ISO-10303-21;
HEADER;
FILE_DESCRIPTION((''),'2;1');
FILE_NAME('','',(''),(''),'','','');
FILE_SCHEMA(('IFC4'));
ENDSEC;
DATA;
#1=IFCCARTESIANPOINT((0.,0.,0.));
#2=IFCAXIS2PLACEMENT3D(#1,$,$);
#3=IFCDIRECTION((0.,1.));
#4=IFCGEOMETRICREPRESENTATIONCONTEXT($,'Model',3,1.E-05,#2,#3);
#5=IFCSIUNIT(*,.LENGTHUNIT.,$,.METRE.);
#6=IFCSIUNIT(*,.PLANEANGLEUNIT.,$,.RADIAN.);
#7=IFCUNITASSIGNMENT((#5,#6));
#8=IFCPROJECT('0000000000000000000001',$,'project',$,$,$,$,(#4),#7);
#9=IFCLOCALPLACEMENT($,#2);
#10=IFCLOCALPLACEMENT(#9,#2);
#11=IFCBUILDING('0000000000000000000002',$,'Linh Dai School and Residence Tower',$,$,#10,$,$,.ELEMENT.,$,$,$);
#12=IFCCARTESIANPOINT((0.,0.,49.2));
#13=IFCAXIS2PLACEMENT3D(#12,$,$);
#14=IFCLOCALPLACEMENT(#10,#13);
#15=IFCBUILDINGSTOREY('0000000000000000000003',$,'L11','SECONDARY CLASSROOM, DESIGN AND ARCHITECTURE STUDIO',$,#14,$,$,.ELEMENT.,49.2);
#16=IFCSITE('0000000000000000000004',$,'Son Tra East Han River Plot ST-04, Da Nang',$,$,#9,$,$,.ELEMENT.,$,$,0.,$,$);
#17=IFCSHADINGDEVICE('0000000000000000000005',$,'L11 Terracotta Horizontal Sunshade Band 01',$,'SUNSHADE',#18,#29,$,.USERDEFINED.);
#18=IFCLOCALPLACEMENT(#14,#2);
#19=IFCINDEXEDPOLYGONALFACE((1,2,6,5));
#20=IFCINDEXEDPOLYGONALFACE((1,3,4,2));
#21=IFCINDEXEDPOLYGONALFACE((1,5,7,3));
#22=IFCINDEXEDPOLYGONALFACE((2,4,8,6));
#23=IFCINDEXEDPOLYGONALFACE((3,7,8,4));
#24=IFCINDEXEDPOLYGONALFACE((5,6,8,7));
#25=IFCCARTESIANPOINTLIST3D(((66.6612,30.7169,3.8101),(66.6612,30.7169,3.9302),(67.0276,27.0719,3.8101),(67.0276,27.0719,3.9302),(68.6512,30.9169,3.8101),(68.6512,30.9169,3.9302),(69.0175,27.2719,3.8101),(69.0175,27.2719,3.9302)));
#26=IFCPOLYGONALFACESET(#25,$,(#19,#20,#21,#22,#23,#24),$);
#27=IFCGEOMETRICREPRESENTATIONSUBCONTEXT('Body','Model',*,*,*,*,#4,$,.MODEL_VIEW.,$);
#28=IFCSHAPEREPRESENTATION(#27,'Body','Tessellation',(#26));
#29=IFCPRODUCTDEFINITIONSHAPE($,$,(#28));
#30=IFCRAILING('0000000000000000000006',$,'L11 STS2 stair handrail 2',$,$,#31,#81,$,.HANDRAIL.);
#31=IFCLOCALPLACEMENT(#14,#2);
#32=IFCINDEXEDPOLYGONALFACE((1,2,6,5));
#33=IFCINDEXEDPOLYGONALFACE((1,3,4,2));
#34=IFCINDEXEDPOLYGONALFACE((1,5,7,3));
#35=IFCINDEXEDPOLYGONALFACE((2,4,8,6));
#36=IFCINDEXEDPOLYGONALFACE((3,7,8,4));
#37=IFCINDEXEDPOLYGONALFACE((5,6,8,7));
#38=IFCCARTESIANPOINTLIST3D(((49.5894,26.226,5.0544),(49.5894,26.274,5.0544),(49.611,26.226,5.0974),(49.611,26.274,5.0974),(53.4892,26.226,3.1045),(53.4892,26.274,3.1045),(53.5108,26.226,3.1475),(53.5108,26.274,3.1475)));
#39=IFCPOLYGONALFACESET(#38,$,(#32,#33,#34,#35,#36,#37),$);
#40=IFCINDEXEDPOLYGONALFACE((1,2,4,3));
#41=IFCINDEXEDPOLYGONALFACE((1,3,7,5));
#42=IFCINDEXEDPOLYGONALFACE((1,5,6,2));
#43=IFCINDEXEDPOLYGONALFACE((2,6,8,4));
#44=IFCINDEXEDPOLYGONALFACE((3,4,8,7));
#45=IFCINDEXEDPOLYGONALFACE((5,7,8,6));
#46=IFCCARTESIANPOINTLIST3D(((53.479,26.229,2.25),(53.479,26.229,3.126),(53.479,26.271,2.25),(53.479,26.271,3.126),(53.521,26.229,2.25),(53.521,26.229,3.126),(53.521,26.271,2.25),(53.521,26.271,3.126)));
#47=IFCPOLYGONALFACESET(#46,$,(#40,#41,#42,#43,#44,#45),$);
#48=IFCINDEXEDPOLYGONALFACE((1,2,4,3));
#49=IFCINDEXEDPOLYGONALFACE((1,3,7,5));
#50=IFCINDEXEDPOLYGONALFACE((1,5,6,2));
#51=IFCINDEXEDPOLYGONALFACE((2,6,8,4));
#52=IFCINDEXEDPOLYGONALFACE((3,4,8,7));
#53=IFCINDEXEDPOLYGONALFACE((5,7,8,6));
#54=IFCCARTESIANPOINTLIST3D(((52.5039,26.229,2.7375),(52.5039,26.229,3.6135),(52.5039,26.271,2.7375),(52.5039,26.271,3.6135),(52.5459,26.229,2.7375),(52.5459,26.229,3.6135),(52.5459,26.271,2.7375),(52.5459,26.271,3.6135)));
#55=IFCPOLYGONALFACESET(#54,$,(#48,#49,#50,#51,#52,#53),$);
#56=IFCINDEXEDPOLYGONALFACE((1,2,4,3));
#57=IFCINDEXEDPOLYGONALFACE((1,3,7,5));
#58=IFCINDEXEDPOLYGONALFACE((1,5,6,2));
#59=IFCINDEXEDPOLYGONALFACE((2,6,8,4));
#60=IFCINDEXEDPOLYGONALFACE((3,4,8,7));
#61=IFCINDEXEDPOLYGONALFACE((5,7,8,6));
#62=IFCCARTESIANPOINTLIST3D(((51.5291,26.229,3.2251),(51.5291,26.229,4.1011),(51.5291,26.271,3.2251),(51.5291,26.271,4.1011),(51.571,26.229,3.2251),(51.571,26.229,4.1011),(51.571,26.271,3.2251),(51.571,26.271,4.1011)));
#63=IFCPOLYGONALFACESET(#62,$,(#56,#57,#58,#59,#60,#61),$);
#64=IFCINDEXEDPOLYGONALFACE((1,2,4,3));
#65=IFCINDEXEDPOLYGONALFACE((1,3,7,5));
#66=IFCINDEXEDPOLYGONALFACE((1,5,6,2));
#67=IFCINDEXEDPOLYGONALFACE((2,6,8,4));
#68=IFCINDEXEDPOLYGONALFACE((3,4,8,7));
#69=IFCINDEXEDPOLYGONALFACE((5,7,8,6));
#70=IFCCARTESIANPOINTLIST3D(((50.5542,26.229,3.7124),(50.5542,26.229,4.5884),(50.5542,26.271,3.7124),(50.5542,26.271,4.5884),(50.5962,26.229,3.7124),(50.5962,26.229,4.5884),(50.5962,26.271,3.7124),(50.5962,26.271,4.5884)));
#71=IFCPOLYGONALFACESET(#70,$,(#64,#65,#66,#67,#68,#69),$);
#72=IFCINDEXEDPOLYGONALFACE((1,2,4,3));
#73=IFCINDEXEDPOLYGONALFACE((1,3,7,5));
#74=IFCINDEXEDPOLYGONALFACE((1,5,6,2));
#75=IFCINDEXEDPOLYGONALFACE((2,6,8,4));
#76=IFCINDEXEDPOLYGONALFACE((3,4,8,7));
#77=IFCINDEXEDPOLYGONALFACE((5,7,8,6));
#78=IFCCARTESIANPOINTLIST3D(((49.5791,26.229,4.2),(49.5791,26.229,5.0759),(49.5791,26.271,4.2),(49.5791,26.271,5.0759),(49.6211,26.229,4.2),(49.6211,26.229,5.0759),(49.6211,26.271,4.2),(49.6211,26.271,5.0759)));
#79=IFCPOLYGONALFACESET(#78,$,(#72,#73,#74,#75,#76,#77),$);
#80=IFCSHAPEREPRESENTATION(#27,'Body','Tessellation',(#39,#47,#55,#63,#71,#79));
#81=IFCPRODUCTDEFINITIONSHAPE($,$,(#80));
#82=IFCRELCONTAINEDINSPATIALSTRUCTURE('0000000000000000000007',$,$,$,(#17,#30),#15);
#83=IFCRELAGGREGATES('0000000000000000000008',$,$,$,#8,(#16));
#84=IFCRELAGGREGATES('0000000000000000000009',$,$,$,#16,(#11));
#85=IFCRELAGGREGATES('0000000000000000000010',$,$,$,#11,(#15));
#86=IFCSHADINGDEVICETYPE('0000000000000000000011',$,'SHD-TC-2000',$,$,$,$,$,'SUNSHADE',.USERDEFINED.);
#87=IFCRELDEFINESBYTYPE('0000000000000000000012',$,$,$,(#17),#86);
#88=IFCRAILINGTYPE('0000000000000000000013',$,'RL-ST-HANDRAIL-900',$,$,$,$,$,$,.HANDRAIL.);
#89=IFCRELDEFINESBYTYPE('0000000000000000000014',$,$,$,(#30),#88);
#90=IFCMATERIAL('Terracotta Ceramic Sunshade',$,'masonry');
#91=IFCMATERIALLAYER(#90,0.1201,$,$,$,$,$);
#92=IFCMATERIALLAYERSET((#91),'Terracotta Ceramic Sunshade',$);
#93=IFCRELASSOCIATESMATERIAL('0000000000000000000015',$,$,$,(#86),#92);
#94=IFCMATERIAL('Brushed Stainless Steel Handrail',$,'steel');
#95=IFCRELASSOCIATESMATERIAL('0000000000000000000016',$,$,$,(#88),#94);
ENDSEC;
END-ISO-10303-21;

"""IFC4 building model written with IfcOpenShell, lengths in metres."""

from ifc_helpers import new_model, si_unit, direction, frame, origin, origin_2d, place, context, subcontext, project, spatial, rectangle, extrude, source, transform, mapped, material, layer, layer_set, type_object, element, save


model = new_model("IFC4")

# Units and contexts
model_context = context("Model", 3, precision=1e-05, world=origin(), true_north=direction((0.0, 1.0)))
body_context = subcontext(model_context, "Body", "Model", "MODEL_VIEW")
ifc_project = project(units=[si_unit("LENGTHUNIT", "METRE"), si_unit("PLANEANGLEUNIT", "RADIAN")], contexts=[model_context])

# Site, building, storey
site_placement = place(None, origin())
site = spatial("IfcSite", under=ifc_project, at=site_placement, Name="Son Tra East Han River Plot ST-04, Da Nang", CompositionType="ELEMENT", RefElevation=0.0)
building_placement = place(site_placement, origin())
building = spatial("IfcBuilding", under=site, at=building_placement, Name="Linh Dai School and Residence Tower", CompositionType="ELEMENT")
storey_placement = place(building_placement, frame((0.0, 0.0, 49.2)))
storey = spatial("IfcBuildingStorey", under=building, at=storey_placement, Name="L11", Description="SECONDARY CLASSROOM, DESIGN AND ARCHITECTURE STUDIO", CompositionType="ELEMENT", Elevation=49.2)

# Shading device
ifc_material_1 = material(Name="Terracotta Ceramic Sunshade", Category="masonry")
ifc_layer_1 = layer(ifc_material_1, 0.1201)
ifc_layer_set_1 = layer_set([ifc_layer_1], Name="Terracotta Ceramic Sunshade")
shading_device_type = type_object("IfcShadingDeviceType", Name="SHD-TC-2000", ElementType="SUNSHADE", PredefinedType="USERDEFINED", material=ifc_layer_set_1)
shared_shape_1 = source(origin(), body_context, "Body", "SweptSolid", [
    extrude(rectangle(XDim=3.6633, YDim=2.0, at=origin_2d()), origin(), (0.0, 0.0, 1.0), 0.1201),
])
shading_device_placement = place(storey_placement, frame((67.8394, 28.9944, 3.8101), z_axis=(0.0, 0.0, 1.0), x_axis=(0.100009, -0.994986, 0.0)))
element("IfcShadingDevice", 1, at=shading_device_placement, inside=storey, type_object=shading_device_type, Name="L11 Terracotta Horizontal Sunshade Band 01", ObjectType="SUNSHADE", PredefinedType="USERDEFINED", context=body_context, shape_type="MappedRepresentation", body=[
    mapped(shared_shape_1, transform((0.0, 0.0, 0.0), x_axis=(1.0, 0.0, 0.0), y_axis=(0.0, 1.0, 0.0), z_axis=(0.0, 0.0, 1.0), scale=1.0)),
])

# Railing
ifc_material_2 = material(Name="Brushed Stainless Steel Handrail", Category="steel")
railing_type_1 = type_object("IfcRailingType", Name="RL-ST-HANDRAIL-900", PredefinedType="HANDRAIL", material=ifc_material_2)
shared_shape_2 = source(origin(), body_context, "Body", "SweptSolid", [
    extrude(rectangle(XDim=0.0481, YDim=0.0481, at=origin_2d()), frame((0.0, 0.0, 0.876), z_axis=(-0.894427, 0.0, 0.447214), x_axis=(0.0, -1.0, 0.0)), (0.0, 0.0, 1.0), 4.3601),
    extrude(rectangle(XDim=0.042, YDim=0.042, at=origin_2d()), origin(), (0.0, 0.0, 1.0), 0.876),
    extrude(rectangle(XDim=0.042, YDim=0.042, at=origin_2d()), frame((-0.9751, 0.0, 0.4875)), (0.0, 0.0, 1.0), 0.876),
    extrude(rectangle(XDim=0.042, YDim=0.042, at=origin_2d()), frame((-1.95, 0.0, 0.9751)), (0.0, 0.0, 1.0), 0.876),
    extrude(rectangle(XDim=0.042, YDim=0.042, at=origin_2d()), frame((-2.9248, 0.0, 1.4624)), (0.0, 0.0, 1.0), 0.876),
    extrude(rectangle(XDim=0.042, YDim=0.042, at=origin_2d()), frame((-3.8999, 0.0, 1.95)), (0.0, 0.0, 1.0), 0.876),
])
railing_1_placement = place(storey_placement, frame((53.5, 26.25, 2.25)))
element("IfcRailing", 2, at=railing_1_placement, inside=storey, type_object=railing_type_1, Name="L11 STS2 stair handrail 2", PredefinedType="HANDRAIL", context=body_context, shape_type="MappedRepresentation", body=[
    mapped(shared_shape_2, transform((0.0, 0.0, 0.0), x_axis=(1.0, 0.0, 0.0), y_axis=(0.0, 1.0, 0.0), z_axis=(0.0, 0.0, 1.0), scale=1.0)),
])

save(model, "model.ifc")
